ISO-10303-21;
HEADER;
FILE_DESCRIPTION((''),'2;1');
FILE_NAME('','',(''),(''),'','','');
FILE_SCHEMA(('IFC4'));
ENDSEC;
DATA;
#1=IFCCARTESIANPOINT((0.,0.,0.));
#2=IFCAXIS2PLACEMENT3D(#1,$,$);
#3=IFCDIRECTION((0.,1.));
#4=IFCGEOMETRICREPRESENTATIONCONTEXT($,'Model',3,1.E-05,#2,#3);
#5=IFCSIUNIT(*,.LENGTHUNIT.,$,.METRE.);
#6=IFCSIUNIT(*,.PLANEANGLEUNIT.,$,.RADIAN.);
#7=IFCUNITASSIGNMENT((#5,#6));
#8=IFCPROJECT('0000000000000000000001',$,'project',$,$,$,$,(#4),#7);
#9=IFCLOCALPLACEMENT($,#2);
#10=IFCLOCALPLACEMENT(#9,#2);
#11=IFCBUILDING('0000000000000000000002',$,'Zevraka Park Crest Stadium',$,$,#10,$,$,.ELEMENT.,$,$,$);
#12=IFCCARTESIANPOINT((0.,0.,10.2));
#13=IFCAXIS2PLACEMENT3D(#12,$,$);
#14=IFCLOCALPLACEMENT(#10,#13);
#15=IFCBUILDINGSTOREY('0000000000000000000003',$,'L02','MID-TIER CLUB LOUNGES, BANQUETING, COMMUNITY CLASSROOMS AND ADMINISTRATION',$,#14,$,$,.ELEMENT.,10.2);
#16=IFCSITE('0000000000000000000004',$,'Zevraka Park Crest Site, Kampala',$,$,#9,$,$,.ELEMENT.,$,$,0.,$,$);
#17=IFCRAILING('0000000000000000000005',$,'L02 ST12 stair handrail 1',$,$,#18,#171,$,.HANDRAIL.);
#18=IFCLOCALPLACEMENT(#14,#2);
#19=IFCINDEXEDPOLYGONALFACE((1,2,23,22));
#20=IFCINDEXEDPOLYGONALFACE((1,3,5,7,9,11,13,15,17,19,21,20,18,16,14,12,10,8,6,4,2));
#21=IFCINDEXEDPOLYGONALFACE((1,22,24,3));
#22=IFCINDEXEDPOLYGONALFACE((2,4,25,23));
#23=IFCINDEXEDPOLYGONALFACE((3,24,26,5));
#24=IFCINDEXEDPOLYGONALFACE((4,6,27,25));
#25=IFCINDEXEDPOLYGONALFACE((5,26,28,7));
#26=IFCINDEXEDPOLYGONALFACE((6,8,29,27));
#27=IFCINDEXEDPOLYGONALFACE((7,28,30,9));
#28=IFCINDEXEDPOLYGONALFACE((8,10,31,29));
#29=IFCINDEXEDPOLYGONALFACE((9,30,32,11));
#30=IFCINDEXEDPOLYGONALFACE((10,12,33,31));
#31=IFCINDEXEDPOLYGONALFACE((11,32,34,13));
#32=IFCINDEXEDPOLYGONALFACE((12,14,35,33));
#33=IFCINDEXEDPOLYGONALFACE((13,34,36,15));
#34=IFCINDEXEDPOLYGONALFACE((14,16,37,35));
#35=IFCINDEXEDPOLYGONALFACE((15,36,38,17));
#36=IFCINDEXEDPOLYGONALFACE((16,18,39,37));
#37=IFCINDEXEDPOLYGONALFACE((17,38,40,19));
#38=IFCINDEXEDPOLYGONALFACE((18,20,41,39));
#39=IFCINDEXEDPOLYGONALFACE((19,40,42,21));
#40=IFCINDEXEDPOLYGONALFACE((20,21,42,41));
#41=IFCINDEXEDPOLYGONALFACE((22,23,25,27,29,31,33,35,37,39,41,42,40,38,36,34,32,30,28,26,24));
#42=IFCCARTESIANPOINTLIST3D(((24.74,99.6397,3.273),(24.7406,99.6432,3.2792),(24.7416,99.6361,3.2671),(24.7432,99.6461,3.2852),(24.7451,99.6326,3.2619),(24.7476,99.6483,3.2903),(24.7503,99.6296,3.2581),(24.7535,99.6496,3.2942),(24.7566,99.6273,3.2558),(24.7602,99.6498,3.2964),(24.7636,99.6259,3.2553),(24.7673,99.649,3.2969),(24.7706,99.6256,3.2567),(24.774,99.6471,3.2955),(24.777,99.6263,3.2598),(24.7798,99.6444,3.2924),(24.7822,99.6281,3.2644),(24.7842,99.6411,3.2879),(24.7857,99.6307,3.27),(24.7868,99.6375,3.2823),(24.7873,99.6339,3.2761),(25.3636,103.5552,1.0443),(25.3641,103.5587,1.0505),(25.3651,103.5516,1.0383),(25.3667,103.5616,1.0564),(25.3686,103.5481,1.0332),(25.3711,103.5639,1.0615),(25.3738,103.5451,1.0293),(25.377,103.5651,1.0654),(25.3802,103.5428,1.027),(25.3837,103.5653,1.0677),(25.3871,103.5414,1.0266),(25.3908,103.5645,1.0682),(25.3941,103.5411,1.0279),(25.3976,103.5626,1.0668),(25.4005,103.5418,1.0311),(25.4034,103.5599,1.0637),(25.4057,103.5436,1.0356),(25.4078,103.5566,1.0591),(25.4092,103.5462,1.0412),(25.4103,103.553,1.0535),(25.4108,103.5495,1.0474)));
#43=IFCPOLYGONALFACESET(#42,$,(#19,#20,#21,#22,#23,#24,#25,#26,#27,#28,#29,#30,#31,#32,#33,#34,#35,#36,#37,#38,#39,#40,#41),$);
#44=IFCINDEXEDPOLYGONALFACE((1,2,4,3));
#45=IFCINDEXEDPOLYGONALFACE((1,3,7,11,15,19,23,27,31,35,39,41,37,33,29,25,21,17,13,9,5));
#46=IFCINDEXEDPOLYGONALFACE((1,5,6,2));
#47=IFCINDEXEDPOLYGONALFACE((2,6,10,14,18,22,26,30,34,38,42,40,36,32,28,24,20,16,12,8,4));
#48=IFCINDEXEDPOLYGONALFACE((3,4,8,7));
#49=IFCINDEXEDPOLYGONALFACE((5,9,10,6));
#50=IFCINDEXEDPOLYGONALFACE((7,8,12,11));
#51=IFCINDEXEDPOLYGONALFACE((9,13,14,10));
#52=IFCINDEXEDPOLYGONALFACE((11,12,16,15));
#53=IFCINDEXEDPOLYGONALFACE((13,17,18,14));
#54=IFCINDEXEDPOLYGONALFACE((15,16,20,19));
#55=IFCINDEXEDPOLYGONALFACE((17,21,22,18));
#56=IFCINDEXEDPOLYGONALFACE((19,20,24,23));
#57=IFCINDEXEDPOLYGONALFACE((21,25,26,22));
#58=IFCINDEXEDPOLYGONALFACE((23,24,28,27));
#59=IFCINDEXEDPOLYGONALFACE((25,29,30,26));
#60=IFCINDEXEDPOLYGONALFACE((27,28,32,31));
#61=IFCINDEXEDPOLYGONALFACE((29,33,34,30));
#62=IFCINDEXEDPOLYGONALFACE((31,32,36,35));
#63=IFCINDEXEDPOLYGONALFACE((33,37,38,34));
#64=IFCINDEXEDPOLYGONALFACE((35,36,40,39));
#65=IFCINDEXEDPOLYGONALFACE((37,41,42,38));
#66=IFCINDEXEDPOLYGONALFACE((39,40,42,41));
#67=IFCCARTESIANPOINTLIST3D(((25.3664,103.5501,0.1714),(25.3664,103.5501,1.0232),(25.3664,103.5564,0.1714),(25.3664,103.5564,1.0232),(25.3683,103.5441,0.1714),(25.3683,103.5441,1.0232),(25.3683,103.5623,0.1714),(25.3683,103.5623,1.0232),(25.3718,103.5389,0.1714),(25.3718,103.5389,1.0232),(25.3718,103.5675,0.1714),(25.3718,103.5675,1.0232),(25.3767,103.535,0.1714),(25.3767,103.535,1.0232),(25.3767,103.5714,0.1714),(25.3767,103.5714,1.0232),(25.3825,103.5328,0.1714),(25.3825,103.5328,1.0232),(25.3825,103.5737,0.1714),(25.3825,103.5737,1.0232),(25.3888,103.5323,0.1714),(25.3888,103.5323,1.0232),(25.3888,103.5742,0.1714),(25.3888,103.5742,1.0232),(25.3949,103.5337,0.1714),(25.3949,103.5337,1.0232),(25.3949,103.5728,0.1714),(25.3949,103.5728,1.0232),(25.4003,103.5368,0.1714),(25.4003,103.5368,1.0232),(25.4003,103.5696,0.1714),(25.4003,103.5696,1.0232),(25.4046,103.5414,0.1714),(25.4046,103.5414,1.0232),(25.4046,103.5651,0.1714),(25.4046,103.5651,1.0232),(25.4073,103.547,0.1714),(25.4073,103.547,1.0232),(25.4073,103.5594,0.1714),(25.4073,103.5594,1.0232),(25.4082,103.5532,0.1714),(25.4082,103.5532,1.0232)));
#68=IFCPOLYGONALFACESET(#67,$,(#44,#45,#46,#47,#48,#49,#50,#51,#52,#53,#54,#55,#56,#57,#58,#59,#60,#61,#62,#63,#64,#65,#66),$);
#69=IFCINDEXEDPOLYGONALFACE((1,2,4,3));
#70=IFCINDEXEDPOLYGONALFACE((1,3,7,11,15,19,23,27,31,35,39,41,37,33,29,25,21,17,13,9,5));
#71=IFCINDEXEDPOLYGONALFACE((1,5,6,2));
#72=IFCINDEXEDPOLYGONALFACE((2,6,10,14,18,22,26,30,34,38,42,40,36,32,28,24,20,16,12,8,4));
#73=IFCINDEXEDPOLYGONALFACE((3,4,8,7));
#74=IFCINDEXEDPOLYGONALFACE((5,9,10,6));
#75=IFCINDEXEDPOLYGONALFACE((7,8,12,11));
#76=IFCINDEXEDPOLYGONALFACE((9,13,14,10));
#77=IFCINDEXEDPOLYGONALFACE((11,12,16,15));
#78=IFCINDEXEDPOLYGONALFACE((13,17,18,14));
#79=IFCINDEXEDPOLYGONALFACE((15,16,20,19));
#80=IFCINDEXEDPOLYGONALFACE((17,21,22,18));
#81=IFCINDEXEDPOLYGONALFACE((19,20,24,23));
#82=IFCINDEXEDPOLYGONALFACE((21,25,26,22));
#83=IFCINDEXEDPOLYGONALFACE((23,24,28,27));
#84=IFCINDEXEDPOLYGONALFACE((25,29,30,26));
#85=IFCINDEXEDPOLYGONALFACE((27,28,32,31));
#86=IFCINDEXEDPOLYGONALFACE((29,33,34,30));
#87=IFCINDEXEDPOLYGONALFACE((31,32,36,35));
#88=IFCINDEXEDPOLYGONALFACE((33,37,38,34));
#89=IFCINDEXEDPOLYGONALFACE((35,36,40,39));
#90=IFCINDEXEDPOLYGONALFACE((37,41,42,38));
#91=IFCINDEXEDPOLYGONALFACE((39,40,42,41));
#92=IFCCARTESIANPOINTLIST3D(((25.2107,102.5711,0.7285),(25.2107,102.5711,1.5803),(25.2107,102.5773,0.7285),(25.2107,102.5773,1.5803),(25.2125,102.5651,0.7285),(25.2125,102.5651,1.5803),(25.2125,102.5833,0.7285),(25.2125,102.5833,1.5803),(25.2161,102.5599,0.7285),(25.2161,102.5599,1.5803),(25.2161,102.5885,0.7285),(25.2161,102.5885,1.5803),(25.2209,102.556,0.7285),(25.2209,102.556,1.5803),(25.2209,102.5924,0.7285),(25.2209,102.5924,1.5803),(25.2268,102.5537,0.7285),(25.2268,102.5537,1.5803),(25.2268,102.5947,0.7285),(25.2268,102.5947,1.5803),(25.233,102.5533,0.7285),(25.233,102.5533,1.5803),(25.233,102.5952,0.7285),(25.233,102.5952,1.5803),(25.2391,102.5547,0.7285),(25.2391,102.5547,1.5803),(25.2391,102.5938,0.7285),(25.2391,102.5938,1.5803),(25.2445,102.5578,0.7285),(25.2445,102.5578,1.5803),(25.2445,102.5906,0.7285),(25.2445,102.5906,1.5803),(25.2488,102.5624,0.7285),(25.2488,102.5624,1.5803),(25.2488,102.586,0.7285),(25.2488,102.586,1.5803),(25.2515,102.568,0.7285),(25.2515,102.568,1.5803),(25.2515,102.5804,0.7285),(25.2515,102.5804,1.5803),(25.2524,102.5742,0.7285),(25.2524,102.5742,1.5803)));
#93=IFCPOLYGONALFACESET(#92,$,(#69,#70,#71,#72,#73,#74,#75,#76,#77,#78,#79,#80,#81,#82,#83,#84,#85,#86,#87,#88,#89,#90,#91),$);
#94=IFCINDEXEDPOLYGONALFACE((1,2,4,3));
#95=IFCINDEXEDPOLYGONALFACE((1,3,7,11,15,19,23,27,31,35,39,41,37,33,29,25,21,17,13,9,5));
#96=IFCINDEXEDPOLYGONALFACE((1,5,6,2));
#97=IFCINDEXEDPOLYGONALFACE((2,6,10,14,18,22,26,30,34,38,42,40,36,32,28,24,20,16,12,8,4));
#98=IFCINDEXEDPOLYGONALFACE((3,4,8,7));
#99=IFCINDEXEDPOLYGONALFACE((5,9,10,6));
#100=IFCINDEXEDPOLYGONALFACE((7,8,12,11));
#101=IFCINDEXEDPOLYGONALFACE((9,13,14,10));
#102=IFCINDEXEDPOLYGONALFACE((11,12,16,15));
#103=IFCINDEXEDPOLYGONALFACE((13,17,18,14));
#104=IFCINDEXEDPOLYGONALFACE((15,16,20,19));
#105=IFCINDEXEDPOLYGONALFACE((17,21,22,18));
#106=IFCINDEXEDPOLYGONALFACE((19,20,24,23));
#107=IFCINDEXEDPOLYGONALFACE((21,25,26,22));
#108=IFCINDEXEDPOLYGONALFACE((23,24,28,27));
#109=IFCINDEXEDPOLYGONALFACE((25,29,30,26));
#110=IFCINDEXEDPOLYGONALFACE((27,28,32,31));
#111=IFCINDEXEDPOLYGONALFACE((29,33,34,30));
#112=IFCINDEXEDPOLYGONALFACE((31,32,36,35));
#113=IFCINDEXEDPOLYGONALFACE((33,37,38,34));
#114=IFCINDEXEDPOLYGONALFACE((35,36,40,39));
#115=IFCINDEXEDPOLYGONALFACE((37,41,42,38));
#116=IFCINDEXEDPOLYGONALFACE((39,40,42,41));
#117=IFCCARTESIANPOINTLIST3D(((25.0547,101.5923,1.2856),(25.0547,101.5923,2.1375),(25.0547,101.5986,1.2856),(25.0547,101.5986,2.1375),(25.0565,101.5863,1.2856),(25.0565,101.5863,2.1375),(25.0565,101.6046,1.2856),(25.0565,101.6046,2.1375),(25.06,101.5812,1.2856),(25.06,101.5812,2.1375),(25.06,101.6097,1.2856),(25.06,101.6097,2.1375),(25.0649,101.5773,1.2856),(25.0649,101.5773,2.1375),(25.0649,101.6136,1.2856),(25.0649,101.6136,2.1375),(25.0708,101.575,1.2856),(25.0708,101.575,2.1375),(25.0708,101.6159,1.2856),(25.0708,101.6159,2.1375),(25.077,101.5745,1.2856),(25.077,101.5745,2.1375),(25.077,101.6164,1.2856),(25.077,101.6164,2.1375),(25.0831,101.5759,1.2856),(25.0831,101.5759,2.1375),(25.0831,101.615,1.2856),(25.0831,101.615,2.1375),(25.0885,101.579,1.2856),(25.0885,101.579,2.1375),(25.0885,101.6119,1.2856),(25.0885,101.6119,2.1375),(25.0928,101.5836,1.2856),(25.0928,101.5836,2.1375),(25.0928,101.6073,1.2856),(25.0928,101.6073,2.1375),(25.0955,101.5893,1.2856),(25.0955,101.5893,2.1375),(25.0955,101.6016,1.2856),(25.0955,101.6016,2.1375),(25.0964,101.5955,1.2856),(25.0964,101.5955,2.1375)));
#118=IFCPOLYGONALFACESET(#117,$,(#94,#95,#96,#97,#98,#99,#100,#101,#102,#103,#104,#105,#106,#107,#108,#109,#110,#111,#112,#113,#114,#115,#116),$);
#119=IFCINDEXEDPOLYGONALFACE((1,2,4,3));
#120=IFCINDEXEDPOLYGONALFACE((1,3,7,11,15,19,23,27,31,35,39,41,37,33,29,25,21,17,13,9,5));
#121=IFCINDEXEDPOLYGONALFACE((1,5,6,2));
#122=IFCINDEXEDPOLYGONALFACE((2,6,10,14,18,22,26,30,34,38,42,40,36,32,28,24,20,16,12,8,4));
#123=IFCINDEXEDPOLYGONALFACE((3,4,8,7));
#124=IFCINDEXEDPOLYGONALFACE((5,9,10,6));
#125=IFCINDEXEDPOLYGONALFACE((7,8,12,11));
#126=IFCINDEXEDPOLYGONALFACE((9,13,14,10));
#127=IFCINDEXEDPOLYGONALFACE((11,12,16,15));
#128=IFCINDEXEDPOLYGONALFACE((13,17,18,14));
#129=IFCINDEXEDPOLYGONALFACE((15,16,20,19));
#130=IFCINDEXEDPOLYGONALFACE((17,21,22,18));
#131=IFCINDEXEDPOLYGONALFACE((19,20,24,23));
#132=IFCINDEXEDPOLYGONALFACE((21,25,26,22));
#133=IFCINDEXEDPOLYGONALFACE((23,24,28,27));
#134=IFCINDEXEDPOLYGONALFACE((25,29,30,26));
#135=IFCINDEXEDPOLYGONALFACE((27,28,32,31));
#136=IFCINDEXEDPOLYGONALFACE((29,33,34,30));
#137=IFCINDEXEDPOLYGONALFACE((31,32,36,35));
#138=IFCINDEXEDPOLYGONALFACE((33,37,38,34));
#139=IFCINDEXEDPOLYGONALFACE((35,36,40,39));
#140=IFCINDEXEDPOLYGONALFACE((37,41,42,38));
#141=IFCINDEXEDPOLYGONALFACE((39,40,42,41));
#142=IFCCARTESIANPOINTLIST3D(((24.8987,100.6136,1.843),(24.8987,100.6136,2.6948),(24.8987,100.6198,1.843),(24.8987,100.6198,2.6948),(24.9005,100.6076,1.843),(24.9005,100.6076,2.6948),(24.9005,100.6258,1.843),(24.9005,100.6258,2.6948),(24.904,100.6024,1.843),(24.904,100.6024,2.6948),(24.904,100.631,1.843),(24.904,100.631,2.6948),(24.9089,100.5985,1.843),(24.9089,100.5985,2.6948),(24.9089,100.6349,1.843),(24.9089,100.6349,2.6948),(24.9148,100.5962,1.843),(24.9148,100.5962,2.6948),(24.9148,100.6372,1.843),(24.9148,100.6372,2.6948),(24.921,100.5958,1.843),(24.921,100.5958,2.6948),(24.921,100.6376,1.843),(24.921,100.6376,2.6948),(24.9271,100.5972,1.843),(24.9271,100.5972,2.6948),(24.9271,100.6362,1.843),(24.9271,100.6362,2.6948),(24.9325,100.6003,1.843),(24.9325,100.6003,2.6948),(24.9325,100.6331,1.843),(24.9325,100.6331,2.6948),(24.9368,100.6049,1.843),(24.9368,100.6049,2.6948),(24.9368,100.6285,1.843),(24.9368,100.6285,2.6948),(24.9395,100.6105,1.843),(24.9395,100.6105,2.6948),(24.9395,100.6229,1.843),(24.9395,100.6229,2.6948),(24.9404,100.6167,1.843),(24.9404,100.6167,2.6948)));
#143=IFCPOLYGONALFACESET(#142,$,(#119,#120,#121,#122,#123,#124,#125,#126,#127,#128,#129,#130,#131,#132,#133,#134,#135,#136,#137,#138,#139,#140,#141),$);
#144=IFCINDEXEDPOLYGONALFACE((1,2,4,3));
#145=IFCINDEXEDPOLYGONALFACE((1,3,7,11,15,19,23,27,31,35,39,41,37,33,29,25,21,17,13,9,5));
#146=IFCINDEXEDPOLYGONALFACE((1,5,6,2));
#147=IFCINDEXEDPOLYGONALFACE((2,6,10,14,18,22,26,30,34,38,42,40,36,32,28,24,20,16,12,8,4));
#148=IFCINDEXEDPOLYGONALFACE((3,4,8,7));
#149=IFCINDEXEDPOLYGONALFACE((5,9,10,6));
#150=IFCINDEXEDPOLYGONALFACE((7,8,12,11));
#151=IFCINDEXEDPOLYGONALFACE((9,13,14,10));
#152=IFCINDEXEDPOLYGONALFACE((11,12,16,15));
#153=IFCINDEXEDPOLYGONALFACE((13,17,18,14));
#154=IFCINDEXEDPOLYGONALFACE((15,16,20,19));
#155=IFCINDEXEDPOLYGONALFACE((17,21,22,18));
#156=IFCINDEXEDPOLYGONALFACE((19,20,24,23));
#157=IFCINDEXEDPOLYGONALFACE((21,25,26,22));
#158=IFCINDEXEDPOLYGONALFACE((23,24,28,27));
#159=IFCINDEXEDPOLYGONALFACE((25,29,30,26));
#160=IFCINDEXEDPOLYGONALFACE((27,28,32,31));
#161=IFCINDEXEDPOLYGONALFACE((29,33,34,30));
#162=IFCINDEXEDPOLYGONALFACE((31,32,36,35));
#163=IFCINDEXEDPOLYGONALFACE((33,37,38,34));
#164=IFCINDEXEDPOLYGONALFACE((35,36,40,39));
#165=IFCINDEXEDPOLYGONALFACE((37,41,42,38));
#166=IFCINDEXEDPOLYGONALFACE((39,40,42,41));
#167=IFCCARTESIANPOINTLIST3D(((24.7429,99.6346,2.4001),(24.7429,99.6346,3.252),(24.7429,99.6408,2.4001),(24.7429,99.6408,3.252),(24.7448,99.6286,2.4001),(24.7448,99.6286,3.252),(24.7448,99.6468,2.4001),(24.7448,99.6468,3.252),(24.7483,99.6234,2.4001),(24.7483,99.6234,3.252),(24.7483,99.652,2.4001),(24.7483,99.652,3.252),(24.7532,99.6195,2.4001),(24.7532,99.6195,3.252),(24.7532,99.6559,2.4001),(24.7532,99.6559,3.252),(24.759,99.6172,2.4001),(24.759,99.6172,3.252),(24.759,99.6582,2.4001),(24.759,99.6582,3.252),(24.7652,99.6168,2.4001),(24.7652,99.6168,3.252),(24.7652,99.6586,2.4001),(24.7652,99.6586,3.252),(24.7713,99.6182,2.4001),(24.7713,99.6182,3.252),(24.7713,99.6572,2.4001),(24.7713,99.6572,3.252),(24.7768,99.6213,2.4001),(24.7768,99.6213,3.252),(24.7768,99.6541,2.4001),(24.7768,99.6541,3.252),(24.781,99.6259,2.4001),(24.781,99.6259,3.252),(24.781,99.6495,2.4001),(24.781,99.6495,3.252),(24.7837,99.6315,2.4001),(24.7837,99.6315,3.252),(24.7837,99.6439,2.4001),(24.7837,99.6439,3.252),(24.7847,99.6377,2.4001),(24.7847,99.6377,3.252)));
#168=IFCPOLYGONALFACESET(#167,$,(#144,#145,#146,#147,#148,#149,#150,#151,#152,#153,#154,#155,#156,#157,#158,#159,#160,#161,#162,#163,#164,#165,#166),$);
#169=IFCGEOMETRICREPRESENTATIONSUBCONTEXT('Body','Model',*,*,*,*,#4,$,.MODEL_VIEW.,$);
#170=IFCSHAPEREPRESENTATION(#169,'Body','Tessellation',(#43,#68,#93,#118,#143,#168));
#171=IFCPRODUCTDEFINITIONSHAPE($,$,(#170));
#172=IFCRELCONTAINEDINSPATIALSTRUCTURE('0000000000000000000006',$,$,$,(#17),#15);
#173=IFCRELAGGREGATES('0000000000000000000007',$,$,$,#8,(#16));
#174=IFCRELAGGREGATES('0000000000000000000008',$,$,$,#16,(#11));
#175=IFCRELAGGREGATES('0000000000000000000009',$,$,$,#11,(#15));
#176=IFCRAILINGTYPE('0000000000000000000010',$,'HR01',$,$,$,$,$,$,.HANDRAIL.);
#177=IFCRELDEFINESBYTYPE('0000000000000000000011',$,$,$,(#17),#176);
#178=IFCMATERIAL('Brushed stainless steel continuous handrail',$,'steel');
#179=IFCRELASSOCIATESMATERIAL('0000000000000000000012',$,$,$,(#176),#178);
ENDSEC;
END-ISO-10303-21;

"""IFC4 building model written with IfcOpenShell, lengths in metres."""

from ifc_helpers import new_model, si_unit, direction, frame, origin, origin_2d, place, context, subcontext, project, spatial, circle, extrude, material, type_object, element, save


model = new_model("IFC4")

# Units and contexts
model_context = context("Model", 3, precision=1e-05, world=origin(), true_north=direction((0.0, 1.0)))
body_context = subcontext(model_context, "Body", "Model", "MODEL_VIEW")
ifc_project = project(units=[si_unit("LENGTHUNIT", "METRE"), si_unit("PLANEANGLEUNIT", "RADIAN")], contexts=[model_context])

# Site, building, storey
site_placement = place(None, origin())
site = spatial("IfcSite", under=ifc_project, at=site_placement, Name="Zevraka Park Crest Site, Kampala", CompositionType="ELEMENT", RefElevation=0.0)
building_placement = place(site_placement, origin())
building = spatial("IfcBuilding", under=site, at=building_placement, Name="Zevraka Park Crest Stadium", CompositionType="ELEMENT")
storey_placement = place(building_placement, frame((0.0, 0.0, 10.2)))
storey = spatial("IfcBuildingStorey", under=building, at=storey_placement, Name="L02", Description="MID-TIER CLUB LOUNGES, BANQUETING, COMMUNITY CLASSROOMS AND ADMINISTRATION", CompositionType="ELEMENT", Elevation=10.2)

# Railing
ifc_material_1 = material(Name="Brushed stainless steel continuous handrail", Category="steel")
railing_type_1 = type_object("IfcRailingType", Name="HR01", PredefinedType="HANDRAIL", material=ifc_material_1)
railing_1_placement = place(storey_placement, frame((25.3872, 103.5532, 0.1714)))
element("IfcRailing", 1, at=railing_1_placement, inside=storey, type_object=railing_type_1, Name="L02 ST12 stair handrail 1", PredefinedType="HANDRAIL", context=body_context, shape_type="SweptSolid", body=[
    extrude(circle(Radius=0.0239, at=origin_2d()), frame((0.0, 0.0, 0.876), z_axis=(-0.13709, -0.860867, 0.490015), x_axis=(0.987556, -0.157265, 0.0)), (0.0, 0.0, 1.0), 4.5483),
    extrude(circle(Radius=0.021, at=origin_2d()), origin(), (0.0, 0.0, 1.0), 0.8518),
    extrude(circle(Radius=0.021, at=origin_2d()), frame((-0.1558, -0.979, 0.5571)), (0.0, 0.0, 1.0), 0.8518),
    extrude(circle(Radius=0.021, at=origin_2d()), frame((-0.3118, -1.9578, 1.1143)), (0.0, 0.0, 1.0), 0.8518),
    extrude(circle(Radius=0.021, at=origin_2d()), frame((-0.4678, -2.9365, 1.6716)), (0.0, 0.0, 1.0), 0.8518),
    extrude(circle(Radius=0.021, at=origin_2d()), frame((-0.6235, -3.9155, 2.2288)), (0.0, 0.0, 1.0), 0.8518),
])

save(model, "model.ifc")
